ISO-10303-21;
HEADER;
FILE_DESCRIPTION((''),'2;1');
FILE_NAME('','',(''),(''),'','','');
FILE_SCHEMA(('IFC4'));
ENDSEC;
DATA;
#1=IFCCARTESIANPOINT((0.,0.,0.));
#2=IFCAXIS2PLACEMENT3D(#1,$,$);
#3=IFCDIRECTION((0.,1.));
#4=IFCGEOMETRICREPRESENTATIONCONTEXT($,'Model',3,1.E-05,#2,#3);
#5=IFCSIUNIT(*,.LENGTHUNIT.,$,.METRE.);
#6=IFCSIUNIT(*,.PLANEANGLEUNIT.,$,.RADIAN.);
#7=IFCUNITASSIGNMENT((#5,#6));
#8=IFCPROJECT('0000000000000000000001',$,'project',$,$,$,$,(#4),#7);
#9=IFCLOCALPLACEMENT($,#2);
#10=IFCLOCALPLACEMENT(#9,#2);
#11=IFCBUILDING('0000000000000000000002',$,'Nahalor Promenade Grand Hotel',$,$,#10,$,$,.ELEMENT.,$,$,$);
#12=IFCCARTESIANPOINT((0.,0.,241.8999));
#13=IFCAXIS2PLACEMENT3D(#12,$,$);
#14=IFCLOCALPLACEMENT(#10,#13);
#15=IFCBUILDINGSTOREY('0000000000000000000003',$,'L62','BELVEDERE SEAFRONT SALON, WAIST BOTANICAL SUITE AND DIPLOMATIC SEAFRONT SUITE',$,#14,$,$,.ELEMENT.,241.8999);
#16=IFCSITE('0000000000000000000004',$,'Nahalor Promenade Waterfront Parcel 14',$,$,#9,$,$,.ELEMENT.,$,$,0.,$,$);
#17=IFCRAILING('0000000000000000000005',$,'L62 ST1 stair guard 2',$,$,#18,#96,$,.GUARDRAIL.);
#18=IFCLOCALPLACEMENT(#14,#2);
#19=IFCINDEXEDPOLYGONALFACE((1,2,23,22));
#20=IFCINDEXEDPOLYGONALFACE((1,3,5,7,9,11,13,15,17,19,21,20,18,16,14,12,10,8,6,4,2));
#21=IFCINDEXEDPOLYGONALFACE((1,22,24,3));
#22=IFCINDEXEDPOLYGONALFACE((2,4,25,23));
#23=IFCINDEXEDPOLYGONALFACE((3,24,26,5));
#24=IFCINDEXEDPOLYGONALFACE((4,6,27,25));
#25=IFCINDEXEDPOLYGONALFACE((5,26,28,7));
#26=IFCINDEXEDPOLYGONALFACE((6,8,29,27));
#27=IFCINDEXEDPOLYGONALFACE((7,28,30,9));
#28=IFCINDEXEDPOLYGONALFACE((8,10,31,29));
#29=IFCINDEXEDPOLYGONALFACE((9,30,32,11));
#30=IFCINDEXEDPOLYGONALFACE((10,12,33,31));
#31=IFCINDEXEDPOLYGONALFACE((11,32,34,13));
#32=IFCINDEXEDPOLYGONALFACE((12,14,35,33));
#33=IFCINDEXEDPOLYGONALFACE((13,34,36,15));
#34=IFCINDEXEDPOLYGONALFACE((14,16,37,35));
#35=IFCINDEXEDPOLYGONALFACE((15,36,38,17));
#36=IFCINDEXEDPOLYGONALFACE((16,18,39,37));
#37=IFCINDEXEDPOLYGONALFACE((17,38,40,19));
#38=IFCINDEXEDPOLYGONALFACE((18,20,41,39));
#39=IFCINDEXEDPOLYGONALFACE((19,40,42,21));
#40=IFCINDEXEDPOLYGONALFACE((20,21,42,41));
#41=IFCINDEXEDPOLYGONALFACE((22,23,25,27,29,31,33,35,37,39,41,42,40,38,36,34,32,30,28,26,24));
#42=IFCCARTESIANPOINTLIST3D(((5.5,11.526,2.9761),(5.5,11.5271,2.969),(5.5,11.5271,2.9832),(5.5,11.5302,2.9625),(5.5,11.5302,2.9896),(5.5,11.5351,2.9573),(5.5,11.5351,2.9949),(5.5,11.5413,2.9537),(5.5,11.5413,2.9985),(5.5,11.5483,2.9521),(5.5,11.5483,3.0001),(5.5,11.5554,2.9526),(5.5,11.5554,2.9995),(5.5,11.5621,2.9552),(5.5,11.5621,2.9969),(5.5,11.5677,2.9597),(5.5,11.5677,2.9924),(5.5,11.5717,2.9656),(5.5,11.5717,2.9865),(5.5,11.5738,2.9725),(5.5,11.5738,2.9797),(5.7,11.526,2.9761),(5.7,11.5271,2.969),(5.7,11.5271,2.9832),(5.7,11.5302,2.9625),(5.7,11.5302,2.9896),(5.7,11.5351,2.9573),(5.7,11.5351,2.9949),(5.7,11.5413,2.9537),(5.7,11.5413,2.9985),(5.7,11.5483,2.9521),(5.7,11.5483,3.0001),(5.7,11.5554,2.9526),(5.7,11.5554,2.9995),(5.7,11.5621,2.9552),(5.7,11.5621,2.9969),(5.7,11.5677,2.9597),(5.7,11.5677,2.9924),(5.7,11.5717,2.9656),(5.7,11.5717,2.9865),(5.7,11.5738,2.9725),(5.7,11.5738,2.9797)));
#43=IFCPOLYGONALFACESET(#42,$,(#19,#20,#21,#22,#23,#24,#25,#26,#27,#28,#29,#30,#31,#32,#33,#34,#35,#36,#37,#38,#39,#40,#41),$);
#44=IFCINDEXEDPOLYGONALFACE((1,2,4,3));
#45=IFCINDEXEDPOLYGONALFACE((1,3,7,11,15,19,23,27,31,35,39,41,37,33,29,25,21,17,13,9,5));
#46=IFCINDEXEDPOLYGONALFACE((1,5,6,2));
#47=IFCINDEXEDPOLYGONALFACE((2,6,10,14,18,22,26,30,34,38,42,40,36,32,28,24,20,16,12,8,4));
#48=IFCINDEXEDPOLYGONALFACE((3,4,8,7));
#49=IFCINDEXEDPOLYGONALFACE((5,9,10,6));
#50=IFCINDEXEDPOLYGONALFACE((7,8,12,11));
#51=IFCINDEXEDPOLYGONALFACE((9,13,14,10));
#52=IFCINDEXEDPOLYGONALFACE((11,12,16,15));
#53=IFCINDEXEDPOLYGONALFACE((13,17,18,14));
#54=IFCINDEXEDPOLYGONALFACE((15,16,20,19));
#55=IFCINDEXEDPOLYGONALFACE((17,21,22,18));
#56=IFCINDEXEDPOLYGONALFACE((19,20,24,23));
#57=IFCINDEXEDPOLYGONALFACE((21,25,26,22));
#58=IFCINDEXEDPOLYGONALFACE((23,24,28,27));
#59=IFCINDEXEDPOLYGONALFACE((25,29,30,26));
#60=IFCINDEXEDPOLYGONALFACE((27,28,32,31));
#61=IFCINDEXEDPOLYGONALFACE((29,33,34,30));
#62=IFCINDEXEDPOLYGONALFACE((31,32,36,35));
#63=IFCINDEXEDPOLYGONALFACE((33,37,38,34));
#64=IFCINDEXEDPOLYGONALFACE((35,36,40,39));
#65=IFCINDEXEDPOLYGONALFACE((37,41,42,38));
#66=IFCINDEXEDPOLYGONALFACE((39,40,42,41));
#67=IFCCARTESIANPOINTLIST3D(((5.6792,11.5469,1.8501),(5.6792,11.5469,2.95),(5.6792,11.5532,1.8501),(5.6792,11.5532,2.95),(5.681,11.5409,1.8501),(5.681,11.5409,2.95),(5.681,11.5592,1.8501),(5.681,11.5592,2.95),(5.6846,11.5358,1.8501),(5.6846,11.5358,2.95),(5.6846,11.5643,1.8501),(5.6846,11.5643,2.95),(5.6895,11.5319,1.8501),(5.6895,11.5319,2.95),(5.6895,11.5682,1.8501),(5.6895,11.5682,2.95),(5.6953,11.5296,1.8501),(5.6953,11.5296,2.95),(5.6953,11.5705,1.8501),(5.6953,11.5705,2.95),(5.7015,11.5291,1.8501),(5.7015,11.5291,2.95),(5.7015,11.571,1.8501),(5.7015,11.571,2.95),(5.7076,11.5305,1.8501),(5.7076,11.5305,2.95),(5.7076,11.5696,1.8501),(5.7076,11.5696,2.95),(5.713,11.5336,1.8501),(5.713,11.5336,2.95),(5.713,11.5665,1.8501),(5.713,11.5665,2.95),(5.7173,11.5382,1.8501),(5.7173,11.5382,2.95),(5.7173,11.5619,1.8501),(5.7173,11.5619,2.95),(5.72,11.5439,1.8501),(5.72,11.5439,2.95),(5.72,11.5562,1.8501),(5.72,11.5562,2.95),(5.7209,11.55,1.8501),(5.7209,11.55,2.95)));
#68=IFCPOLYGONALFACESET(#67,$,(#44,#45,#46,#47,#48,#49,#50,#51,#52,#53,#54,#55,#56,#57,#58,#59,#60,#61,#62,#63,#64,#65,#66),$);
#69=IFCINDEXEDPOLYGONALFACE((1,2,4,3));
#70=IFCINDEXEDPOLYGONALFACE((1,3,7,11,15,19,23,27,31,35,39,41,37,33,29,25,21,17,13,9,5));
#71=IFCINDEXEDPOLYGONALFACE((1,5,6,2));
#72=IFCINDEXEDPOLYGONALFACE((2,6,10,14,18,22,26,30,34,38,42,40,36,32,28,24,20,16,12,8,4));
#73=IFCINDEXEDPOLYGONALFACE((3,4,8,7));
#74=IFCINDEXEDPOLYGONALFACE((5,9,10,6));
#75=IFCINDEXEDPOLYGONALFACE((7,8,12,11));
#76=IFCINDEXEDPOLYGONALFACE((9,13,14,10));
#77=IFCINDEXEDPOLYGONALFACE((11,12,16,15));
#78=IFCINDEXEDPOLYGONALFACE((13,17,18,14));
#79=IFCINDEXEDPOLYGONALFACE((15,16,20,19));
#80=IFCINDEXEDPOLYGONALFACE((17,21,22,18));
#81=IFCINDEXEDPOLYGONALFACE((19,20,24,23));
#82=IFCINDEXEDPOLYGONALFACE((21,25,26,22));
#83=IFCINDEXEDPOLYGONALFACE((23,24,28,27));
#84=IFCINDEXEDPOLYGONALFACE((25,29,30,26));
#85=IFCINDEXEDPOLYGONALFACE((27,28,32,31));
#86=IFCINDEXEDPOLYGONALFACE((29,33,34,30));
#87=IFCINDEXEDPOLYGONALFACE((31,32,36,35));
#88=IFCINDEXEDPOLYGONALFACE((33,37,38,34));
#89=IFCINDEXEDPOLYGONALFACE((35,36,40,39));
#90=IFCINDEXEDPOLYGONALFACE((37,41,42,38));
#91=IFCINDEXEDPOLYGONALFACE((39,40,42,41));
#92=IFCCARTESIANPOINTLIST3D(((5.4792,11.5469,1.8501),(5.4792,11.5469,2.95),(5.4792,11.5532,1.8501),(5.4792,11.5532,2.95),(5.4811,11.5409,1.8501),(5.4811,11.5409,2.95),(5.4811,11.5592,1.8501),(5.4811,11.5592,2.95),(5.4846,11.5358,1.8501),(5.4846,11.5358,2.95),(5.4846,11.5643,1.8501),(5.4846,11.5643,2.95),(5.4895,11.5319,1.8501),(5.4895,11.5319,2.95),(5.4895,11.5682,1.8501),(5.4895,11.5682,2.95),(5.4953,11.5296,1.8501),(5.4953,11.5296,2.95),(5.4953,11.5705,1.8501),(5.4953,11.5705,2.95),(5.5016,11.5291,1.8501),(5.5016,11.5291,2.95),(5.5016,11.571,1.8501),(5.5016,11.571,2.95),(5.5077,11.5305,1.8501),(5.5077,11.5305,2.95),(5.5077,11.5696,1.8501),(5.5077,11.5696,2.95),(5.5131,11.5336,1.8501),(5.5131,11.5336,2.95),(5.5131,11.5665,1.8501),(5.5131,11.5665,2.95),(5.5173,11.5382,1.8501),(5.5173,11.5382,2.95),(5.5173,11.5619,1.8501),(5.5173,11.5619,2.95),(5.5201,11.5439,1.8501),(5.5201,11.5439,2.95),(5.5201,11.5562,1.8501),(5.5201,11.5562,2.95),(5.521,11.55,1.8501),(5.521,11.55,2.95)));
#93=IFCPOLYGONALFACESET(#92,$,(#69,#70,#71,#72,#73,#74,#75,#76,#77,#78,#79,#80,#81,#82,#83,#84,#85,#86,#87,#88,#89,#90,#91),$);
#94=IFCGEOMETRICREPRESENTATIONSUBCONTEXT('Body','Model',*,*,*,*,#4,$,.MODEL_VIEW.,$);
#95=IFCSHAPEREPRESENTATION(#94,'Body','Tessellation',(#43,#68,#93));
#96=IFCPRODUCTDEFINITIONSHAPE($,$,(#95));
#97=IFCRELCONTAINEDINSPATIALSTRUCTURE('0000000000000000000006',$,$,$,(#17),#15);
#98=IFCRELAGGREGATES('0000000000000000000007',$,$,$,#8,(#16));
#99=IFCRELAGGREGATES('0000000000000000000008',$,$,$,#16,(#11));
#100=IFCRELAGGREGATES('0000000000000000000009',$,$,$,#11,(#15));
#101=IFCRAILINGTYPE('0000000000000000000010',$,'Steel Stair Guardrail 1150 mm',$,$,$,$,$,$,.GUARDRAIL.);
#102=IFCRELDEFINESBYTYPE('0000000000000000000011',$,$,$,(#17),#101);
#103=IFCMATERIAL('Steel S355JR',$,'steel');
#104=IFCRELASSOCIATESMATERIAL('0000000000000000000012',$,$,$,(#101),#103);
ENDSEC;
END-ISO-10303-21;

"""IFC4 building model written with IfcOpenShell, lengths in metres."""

from ifc_helpers import new_model, si_unit, direction, frame, origin, origin_2d, place, context, subcontext, project, spatial, circle, extrude, material, type_object, element, save


model = new_model("IFC4")

# Units and contexts
model_context = context("Model", 3, precision=1e-05, world=origin(), true_north=direction((0.0, 1.0)))
body_context = subcontext(model_context, "Body", "Model", "MODEL_VIEW")
ifc_project = project(units=[si_unit("LENGTHUNIT", "METRE"), si_unit("PLANEANGLEUNIT", "RADIAN")], contexts=[model_context])

# Site, building, storey
site_placement = place(None, origin())
site = spatial("IfcSite", under=ifc_project, at=site_placement, Name="Nahalor Promenade Waterfront Parcel 14", CompositionType="ELEMENT", RefElevation=0.0)
building_placement = place(site_placement, origin())
building = spatial("IfcBuilding", under=site, at=building_placement, Name="Nahalor Promenade Grand Hotel", CompositionType="ELEMENT")
storey_placement = place(building_placement, frame((0.0, 0.0, 241.8999)))
storey = spatial("IfcBuildingStorey", under=building, at=storey_placement, Name="L62", Description="BELVEDERE SEAFRONT SALON, WAIST BOTANICAL SUITE AND DIPLOMATIC SEAFRONT SUITE", CompositionType="ELEMENT", Elevation=241.8999)

# Shared definitions
ifc_material_1 = material(Name="Steel S355JR", Category="steel")

# Railing
railing_type_1 = type_object("IfcRailingType", Name="Steel Stair Guardrail 1150 mm", PredefinedType="GUARDRAIL", material=ifc_material_1)
railing_1_placement = place(storey_placement, frame((5.7, 11.55, 1.8501)))
element("IfcRailing", 1, at=railing_1_placement, inside=storey, type_object=railing_type_1, Name="L62 ST1 stair guard 2", PredefinedType="GUARDRAIL", context=body_context, shape_type="SweptSolid", body=[
    extrude(circle(Radius=0.024, at=origin_2d()), frame((0.0, 0.0, 1.126), z_axis=(-1.0, 0.0, 0.0), x_axis=(0.0, -1.0, 0.0)), (0.0, 0.0, 1.0), 0.2),
    extrude(circle(Radius=0.021, at=origin_2d()), origin(), (0.0, 0.0, 1.0), 1.0999),
    extrude(circle(Radius=0.021, at=origin_2d()), frame((-0.2, 0.0, 0.0)), (0.0, 0.0, 1.0), 1.0999),
])

save(model, "model.ifc")
